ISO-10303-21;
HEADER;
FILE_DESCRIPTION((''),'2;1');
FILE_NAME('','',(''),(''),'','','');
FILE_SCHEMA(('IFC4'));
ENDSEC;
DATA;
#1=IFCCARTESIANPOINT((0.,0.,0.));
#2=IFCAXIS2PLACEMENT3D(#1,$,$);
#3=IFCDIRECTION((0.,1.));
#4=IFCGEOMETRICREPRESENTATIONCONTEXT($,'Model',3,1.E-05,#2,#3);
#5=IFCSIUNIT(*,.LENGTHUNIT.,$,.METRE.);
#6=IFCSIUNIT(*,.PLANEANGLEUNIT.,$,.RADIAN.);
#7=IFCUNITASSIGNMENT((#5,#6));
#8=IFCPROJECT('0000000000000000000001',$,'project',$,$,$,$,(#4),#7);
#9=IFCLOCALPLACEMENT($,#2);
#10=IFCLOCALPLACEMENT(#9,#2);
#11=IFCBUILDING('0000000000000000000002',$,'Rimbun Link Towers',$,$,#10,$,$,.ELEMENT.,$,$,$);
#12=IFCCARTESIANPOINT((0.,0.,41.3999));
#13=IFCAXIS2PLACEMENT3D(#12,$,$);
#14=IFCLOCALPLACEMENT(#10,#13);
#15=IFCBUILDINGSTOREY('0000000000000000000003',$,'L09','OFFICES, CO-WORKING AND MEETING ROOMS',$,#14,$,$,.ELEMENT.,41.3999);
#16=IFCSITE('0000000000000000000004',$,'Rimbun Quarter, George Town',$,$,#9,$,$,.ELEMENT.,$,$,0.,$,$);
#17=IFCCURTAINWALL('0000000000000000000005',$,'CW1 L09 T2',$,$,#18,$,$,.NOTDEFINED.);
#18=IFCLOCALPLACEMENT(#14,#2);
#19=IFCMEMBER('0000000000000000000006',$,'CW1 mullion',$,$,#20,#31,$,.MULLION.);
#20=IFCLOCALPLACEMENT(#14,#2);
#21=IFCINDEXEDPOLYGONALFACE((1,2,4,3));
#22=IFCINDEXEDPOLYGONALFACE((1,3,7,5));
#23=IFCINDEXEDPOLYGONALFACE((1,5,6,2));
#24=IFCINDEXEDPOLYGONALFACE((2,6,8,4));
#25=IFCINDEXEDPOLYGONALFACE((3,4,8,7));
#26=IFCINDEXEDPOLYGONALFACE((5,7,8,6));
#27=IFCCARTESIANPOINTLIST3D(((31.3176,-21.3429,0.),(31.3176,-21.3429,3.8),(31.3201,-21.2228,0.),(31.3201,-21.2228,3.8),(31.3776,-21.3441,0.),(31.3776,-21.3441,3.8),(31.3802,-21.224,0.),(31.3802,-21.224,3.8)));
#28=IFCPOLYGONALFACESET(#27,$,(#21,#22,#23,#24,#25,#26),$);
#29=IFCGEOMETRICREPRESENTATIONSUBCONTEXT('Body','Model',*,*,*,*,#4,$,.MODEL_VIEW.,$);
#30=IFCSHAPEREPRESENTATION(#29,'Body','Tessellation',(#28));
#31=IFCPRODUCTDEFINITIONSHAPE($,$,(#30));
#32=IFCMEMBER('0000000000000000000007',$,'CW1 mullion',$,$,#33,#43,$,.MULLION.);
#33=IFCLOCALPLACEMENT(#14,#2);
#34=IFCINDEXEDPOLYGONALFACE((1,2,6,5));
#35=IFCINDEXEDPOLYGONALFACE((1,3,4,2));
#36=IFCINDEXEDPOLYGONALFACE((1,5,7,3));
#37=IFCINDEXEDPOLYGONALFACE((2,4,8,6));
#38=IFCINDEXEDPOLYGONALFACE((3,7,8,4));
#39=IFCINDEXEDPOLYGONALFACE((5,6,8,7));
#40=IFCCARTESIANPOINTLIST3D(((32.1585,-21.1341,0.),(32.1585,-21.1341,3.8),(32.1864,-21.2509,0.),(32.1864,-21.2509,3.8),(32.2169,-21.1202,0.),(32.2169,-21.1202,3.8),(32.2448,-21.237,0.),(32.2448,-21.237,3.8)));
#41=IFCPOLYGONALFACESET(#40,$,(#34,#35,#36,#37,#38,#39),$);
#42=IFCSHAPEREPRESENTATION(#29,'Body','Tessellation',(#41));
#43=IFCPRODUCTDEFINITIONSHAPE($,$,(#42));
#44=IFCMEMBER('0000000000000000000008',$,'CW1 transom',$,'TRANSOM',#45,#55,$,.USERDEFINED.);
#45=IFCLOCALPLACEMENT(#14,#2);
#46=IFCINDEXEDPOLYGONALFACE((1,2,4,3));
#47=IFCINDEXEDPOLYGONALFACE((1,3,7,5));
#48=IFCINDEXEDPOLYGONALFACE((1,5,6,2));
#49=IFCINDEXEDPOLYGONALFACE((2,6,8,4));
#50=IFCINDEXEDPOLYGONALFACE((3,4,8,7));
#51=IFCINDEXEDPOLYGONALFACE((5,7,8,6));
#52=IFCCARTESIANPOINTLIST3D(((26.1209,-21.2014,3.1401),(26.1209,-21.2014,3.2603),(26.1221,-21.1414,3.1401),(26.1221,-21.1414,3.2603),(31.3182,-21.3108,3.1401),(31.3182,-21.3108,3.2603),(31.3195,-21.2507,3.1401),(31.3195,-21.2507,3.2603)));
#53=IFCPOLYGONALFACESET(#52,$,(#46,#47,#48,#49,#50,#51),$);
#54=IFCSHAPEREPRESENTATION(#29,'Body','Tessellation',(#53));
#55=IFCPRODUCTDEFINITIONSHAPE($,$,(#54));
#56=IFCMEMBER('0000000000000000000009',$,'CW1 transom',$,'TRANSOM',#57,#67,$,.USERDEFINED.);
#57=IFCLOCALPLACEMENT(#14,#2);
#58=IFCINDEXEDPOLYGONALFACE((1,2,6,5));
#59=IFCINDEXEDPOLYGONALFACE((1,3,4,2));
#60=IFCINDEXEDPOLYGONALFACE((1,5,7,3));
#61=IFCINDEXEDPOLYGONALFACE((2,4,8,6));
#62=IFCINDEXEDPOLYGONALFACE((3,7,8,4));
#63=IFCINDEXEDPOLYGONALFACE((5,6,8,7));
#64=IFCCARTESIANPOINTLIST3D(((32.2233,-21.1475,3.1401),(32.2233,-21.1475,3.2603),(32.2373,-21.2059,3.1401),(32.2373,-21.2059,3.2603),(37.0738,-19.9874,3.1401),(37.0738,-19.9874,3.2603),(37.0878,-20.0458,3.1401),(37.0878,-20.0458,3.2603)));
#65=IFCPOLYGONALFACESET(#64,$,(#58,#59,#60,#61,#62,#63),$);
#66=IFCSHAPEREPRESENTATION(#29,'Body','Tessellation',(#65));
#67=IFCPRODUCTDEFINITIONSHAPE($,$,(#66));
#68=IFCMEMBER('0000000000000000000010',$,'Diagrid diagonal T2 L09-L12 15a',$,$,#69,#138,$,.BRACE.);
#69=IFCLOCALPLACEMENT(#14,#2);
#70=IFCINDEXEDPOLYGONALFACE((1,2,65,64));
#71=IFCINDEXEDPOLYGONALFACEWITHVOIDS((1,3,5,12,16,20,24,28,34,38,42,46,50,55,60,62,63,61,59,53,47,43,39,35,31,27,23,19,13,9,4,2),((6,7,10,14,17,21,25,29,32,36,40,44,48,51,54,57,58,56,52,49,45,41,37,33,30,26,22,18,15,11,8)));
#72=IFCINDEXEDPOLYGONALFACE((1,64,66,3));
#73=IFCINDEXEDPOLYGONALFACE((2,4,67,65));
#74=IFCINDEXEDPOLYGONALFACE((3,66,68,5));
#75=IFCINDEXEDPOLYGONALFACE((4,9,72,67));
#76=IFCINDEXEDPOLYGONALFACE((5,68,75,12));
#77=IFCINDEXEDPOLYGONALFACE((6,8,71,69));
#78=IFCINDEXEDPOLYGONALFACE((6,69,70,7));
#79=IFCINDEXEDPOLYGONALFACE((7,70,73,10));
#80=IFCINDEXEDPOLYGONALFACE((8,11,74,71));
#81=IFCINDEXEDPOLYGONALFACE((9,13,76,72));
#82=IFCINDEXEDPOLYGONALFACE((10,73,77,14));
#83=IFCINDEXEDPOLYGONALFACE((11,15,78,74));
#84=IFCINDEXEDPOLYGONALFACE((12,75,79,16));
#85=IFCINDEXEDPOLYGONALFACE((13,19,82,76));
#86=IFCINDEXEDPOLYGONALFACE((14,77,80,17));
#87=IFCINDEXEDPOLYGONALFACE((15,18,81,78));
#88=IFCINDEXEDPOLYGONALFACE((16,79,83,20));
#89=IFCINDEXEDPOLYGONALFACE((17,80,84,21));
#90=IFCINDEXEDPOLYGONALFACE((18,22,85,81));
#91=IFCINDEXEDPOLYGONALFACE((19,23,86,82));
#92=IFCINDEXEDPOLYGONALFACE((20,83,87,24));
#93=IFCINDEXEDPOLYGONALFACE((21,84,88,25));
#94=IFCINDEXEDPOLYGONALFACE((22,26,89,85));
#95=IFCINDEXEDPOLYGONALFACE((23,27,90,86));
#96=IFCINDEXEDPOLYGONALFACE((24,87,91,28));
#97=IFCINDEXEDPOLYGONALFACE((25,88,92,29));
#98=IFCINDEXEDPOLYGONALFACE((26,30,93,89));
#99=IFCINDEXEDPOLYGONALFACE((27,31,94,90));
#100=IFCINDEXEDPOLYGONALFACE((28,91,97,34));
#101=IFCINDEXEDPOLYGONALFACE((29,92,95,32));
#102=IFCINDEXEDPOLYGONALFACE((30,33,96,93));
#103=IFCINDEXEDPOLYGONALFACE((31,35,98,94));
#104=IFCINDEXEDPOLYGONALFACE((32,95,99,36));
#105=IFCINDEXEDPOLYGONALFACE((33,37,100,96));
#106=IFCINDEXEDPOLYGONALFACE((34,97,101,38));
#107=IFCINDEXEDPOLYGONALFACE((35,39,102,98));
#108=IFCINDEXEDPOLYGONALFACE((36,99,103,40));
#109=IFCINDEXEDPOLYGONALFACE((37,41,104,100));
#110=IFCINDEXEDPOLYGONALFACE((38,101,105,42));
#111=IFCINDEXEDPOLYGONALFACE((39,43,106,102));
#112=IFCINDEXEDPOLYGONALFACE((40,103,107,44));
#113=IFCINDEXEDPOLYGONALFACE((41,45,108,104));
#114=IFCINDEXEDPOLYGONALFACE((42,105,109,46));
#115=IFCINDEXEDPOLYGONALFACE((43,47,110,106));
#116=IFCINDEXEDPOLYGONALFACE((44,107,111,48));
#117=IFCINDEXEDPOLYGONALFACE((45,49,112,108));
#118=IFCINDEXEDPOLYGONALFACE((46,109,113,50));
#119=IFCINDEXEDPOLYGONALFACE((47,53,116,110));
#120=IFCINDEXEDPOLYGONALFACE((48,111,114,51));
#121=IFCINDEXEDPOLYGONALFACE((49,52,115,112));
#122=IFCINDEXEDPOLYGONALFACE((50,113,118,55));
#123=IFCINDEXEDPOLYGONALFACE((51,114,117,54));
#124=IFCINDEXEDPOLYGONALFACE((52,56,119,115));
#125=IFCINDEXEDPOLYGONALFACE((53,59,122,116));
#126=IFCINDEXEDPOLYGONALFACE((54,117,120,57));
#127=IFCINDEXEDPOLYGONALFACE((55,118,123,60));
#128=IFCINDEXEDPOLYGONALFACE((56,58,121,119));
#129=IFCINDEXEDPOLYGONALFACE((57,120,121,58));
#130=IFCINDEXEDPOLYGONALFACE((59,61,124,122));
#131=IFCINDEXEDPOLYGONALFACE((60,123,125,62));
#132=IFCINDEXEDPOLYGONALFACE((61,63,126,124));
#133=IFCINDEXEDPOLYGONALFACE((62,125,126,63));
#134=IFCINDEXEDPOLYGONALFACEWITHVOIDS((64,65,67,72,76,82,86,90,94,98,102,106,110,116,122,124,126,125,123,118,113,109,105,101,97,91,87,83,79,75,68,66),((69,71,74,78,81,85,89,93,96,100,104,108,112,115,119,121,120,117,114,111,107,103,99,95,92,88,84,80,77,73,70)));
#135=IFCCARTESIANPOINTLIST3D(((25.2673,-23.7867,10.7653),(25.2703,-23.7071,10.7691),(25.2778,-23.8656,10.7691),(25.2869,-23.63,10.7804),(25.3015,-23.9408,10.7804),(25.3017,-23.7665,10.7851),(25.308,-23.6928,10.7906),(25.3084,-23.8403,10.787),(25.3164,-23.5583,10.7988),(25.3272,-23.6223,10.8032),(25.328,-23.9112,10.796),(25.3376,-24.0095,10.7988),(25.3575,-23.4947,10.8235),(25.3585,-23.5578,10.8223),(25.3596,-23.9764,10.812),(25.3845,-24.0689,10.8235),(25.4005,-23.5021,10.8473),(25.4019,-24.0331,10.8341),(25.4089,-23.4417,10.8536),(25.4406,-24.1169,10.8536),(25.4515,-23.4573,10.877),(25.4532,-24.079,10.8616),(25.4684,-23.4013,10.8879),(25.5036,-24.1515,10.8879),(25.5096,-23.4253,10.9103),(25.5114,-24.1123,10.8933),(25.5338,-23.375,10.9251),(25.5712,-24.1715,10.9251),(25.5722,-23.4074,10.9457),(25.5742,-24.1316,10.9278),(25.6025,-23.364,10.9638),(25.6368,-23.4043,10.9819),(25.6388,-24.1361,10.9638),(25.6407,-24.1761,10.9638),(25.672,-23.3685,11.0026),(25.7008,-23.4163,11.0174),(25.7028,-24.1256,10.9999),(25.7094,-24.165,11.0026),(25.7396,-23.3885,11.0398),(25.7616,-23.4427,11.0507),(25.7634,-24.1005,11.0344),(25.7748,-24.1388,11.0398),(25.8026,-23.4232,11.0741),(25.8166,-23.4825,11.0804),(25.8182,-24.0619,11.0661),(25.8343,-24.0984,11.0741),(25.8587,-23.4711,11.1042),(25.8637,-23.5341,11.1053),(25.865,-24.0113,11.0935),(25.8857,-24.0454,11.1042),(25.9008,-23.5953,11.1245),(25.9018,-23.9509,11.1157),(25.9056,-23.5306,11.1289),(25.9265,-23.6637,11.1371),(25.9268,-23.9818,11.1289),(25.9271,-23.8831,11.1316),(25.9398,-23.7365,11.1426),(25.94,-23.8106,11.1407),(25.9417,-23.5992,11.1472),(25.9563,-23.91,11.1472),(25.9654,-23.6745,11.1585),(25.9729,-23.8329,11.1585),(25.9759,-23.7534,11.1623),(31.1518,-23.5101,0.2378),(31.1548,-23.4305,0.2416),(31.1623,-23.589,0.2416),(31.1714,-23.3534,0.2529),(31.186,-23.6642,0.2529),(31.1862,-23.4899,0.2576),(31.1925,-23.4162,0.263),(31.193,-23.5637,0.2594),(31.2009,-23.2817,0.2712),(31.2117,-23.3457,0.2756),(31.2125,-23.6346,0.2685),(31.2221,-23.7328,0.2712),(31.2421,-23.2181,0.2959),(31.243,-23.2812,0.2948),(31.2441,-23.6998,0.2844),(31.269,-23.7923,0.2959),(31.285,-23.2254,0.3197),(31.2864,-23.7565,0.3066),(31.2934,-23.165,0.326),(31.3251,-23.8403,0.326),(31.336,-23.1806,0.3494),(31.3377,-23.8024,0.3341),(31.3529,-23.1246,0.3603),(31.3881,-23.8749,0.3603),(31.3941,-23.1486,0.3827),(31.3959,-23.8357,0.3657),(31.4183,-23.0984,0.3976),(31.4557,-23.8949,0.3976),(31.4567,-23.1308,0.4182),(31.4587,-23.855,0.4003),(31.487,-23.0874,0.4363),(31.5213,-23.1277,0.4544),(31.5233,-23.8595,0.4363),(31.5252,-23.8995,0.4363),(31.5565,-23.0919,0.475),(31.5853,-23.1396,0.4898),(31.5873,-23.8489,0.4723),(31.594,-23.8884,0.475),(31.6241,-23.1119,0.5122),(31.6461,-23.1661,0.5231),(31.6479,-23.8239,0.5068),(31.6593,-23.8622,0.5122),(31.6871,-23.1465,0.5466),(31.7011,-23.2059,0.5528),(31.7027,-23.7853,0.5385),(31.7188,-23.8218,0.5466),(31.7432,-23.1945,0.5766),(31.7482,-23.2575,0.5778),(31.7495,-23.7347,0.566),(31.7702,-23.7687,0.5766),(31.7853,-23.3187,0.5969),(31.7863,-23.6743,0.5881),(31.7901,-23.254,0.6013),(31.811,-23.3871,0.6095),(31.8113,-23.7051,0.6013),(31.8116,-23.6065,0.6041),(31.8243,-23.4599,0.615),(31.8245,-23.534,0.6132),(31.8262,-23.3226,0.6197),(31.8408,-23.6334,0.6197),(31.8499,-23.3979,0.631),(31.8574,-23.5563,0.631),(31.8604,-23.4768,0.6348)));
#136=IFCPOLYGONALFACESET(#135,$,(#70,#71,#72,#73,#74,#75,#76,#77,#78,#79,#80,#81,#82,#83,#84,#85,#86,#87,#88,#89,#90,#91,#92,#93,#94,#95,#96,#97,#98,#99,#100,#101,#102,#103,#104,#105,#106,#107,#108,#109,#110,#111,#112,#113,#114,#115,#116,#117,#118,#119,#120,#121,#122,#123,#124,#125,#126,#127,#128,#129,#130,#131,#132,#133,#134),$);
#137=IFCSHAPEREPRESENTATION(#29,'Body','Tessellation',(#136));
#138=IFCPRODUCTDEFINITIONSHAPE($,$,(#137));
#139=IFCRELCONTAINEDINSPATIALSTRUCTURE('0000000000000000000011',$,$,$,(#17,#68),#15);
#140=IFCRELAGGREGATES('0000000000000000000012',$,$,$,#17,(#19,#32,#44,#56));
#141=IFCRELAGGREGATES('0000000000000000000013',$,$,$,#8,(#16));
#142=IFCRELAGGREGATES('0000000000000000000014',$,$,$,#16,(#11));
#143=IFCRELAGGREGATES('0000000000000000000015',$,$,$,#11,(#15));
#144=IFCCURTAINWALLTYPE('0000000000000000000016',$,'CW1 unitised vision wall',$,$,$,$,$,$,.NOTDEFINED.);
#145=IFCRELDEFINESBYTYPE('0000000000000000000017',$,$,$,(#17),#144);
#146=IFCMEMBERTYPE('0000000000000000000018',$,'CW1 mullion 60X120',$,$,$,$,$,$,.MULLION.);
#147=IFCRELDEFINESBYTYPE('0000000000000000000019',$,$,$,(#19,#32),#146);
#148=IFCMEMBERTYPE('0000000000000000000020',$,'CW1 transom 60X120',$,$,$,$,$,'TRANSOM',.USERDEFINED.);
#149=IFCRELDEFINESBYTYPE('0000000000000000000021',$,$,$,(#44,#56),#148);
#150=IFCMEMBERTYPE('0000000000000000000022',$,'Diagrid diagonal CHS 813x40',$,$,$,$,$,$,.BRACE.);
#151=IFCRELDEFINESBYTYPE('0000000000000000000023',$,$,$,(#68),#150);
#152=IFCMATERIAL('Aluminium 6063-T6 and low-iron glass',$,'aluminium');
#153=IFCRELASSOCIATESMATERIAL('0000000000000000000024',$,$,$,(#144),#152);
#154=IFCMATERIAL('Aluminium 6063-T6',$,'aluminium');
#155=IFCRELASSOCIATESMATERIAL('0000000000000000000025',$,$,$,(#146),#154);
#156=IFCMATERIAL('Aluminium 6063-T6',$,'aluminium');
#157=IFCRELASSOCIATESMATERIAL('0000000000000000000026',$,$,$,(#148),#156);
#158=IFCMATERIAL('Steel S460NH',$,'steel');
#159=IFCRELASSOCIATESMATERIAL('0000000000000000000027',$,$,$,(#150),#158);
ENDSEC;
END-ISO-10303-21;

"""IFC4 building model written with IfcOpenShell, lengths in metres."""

from ifc_helpers import new_model, si_unit, direction, frame, origin, origin_2d, place, context, subcontext, project, spatial, rectangle, hollow_circle, extrude, material, material_profile, profile_set, type_object, element, aggregate, save


model = new_model("IFC4")

# Units and contexts
model_context = context("Model", 3, precision=1e-05, world=origin(), true_north=direction((0.0, 1.0)))
body_context = subcontext(model_context, "Body", "Model", "MODEL_VIEW")
ifc_project = project(units=[si_unit("LENGTHUNIT", "METRE"), si_unit("PLANEANGLEUNIT", "RADIAN")], contexts=[model_context])

# Site, building, storey
site_placement = place(None, origin())
site = spatial("IfcSite", under=ifc_project, at=site_placement, Name="Rimbun Quarter, George Town", CompositionType="ELEMENT", RefElevation=0.0)
building_placement = place(site_placement, origin())
building = spatial("IfcBuilding", under=site, at=building_placement, Name="Rimbun Link Towers", CompositionType="ELEMENT")
storey_placement = place(building_placement, frame((0.0, 0.0, 41.3999)))
storey = spatial("IfcBuildingStorey", under=building, at=storey_placement, Name="L09", Description="OFFICES, CO-WORKING AND MEETING ROOMS", CompositionType="ELEMENT", Elevation=41.3999)

# Curtain wall, members
ifc_material_1 = material(Name="Aluminium 6063-T6 and low-iron glass", Category="aluminium")
curtain_wall_type = type_object("IfcCurtainWallType", Name="CW1 unitised vision wall", PredefinedType="NOTDEFINED", material=ifc_material_1)
curtain_wall_placement = place(storey_placement, origin())
curtain_wall = element("IfcCurtainWall", 1, at=curtain_wall_placement, inside=storey, type_object=curtain_wall_type, Name="CW1 L09 T2", PredefinedType="NOTDEFINED")
ifc_material_2 = material(Name="Aluminium 6063-T6", Category="aluminium")
ifc_material_profile_1 = material_profile(ifc_material_2, rectangle(XDim=0.1201, YDim=0.0601, at=origin_2d()), Name="MULLION 60X120")
ifc_profile_set_1 = profile_set([ifc_material_profile_1], Name="Aluminium 6063-T6")
member_type_1 = type_object("IfcMemberType", Name="CW1 mullion 60X120", PredefinedType="MULLION", material=ifc_profile_set_1)
member_1_placement = place(storey_placement, frame((31.3489, -21.2834, 0.0), z_axis=(0.0, 0.0, 1.0), x_axis=(-0.021066, -0.999778, 0.0)))
member_1 = element("IfcMember", 2, at=member_1_placement, type_object=member_type_1, Name="CW1 mullion", PredefinedType="MULLION", context=body_context, shape_type="SweptSolid", body=[
    extrude(rectangle(XDim=0.1201, YDim=0.0601, at=origin_2d()), origin(), (0.0, 0.0, 1.0), 3.8),
])
member_2_placement = place(storey_placement, frame((32.2017, -21.1855, 0.0), z_axis=(0.0, 0.0, 1.0), x_axis=(0.23261, -0.97257, 0.0)))
member_2 = element("IfcMember", 3, at=member_2_placement, type_object=member_type_1, Name="CW1 mullion", PredefinedType="MULLION", context=body_context, shape_type="SweptSolid", body=[
    extrude(rectangle(XDim=0.1201, YDim=0.0601, at=origin_2d()), origin(), (0.0, 0.0, 1.0), 3.8),
])
ifc_material_3 = material(Name="Aluminium 6063-T6", Category="aluminium")
ifc_material_profile_2 = material_profile(ifc_material_3, rectangle(XDim=0.0601, YDim=0.1201, at=origin_2d()), Name="TRANSOM 60X120")
ifc_profile_set_2 = profile_set([ifc_material_profile_2], Name="Aluminium 6063-T6")
member_type_2 = type_object("IfcMemberType", Name="CW1 transom 60X120", ElementType="TRANSOM", PredefinedType="USERDEFINED", material=ifc_profile_set_2)
member_3_placement = place(storey_placement, frame((31.3188, -21.2808, 3.2002), z_axis=(-0.999779, 0.02104, 0.0), x_axis=(-0.02104, -0.999779, 0.0)))
member_3 = element("IfcMember", 4, at=member_3_placement, type_object=member_type_2, Name="CW1 transom", ObjectType="TRANSOM", PredefinedType="USERDEFINED", context=body_context, shape_type="SweptSolid", body=[
    extrude(rectangle(XDim=0.0601, YDim=0.1201, at=origin_2d()), origin(), (0.0, 0.0, 1.0), 5.1985),
])
member_4_placement = place(storey_placement, frame((37.0808, -20.0166, 3.2002), z_axis=(-0.972568, -0.232618, 0.0), x_axis=(0.232618, -0.972568, 0.0)))
member_4 = element("IfcMember", 5, at=member_4_placement, type_object=member_type_2, Name="CW1 transom", ObjectType="TRANSOM", PredefinedType="USERDEFINED", context=body_context, shape_type="SweptSolid", body=[
    extrude(rectangle(XDim=0.0601, YDim=0.1201, at=origin_2d()), origin(), (0.0, 0.0, 1.0), 4.9873),
])

# Member
ifc_material_4 = material(Name="Steel S460NH", Category="steel")
ifc_material_profile_3 = material_profile(ifc_material_4, hollow_circle(Radius=0.4065, WallThickness=0.04, at=origin_2d()), Name="Diagrid diagonal CHS 813x40")
ifc_profile_set_3 = profile_set([ifc_material_profile_3], Name="Steel S460NH")
member_type_3 = type_object("IfcMemberType", Name="Diagrid diagonal CHS 813x40", PredefinedType="BRACE", material=ifc_profile_set_3)
member_5_placement = place(storey_placement, frame((31.5061, -23.4934, 0.4363), z_axis=(-0.487785, -0.022929, 0.872663), x_axis=(0.046955, -0.998897, 0.0)))
element("IfcMember", 6, at=member_5_placement, inside=storey, type_object=member_type_3, Name="Diagrid diagonal T2 L09-L12 15a", PredefinedType="BRACE", context=body_context, shape_type="SweptSolid", body=[
    extrude(hollow_circle(Radius=0.4065, WallThickness=0.04, at=origin_2d()), origin(), (0.0, 0.0, 1.0), 12.0637),
])

aggregate(curtain_wall, [member_1, member_2, member_3, member_4])

save(model, "model.ifc")
